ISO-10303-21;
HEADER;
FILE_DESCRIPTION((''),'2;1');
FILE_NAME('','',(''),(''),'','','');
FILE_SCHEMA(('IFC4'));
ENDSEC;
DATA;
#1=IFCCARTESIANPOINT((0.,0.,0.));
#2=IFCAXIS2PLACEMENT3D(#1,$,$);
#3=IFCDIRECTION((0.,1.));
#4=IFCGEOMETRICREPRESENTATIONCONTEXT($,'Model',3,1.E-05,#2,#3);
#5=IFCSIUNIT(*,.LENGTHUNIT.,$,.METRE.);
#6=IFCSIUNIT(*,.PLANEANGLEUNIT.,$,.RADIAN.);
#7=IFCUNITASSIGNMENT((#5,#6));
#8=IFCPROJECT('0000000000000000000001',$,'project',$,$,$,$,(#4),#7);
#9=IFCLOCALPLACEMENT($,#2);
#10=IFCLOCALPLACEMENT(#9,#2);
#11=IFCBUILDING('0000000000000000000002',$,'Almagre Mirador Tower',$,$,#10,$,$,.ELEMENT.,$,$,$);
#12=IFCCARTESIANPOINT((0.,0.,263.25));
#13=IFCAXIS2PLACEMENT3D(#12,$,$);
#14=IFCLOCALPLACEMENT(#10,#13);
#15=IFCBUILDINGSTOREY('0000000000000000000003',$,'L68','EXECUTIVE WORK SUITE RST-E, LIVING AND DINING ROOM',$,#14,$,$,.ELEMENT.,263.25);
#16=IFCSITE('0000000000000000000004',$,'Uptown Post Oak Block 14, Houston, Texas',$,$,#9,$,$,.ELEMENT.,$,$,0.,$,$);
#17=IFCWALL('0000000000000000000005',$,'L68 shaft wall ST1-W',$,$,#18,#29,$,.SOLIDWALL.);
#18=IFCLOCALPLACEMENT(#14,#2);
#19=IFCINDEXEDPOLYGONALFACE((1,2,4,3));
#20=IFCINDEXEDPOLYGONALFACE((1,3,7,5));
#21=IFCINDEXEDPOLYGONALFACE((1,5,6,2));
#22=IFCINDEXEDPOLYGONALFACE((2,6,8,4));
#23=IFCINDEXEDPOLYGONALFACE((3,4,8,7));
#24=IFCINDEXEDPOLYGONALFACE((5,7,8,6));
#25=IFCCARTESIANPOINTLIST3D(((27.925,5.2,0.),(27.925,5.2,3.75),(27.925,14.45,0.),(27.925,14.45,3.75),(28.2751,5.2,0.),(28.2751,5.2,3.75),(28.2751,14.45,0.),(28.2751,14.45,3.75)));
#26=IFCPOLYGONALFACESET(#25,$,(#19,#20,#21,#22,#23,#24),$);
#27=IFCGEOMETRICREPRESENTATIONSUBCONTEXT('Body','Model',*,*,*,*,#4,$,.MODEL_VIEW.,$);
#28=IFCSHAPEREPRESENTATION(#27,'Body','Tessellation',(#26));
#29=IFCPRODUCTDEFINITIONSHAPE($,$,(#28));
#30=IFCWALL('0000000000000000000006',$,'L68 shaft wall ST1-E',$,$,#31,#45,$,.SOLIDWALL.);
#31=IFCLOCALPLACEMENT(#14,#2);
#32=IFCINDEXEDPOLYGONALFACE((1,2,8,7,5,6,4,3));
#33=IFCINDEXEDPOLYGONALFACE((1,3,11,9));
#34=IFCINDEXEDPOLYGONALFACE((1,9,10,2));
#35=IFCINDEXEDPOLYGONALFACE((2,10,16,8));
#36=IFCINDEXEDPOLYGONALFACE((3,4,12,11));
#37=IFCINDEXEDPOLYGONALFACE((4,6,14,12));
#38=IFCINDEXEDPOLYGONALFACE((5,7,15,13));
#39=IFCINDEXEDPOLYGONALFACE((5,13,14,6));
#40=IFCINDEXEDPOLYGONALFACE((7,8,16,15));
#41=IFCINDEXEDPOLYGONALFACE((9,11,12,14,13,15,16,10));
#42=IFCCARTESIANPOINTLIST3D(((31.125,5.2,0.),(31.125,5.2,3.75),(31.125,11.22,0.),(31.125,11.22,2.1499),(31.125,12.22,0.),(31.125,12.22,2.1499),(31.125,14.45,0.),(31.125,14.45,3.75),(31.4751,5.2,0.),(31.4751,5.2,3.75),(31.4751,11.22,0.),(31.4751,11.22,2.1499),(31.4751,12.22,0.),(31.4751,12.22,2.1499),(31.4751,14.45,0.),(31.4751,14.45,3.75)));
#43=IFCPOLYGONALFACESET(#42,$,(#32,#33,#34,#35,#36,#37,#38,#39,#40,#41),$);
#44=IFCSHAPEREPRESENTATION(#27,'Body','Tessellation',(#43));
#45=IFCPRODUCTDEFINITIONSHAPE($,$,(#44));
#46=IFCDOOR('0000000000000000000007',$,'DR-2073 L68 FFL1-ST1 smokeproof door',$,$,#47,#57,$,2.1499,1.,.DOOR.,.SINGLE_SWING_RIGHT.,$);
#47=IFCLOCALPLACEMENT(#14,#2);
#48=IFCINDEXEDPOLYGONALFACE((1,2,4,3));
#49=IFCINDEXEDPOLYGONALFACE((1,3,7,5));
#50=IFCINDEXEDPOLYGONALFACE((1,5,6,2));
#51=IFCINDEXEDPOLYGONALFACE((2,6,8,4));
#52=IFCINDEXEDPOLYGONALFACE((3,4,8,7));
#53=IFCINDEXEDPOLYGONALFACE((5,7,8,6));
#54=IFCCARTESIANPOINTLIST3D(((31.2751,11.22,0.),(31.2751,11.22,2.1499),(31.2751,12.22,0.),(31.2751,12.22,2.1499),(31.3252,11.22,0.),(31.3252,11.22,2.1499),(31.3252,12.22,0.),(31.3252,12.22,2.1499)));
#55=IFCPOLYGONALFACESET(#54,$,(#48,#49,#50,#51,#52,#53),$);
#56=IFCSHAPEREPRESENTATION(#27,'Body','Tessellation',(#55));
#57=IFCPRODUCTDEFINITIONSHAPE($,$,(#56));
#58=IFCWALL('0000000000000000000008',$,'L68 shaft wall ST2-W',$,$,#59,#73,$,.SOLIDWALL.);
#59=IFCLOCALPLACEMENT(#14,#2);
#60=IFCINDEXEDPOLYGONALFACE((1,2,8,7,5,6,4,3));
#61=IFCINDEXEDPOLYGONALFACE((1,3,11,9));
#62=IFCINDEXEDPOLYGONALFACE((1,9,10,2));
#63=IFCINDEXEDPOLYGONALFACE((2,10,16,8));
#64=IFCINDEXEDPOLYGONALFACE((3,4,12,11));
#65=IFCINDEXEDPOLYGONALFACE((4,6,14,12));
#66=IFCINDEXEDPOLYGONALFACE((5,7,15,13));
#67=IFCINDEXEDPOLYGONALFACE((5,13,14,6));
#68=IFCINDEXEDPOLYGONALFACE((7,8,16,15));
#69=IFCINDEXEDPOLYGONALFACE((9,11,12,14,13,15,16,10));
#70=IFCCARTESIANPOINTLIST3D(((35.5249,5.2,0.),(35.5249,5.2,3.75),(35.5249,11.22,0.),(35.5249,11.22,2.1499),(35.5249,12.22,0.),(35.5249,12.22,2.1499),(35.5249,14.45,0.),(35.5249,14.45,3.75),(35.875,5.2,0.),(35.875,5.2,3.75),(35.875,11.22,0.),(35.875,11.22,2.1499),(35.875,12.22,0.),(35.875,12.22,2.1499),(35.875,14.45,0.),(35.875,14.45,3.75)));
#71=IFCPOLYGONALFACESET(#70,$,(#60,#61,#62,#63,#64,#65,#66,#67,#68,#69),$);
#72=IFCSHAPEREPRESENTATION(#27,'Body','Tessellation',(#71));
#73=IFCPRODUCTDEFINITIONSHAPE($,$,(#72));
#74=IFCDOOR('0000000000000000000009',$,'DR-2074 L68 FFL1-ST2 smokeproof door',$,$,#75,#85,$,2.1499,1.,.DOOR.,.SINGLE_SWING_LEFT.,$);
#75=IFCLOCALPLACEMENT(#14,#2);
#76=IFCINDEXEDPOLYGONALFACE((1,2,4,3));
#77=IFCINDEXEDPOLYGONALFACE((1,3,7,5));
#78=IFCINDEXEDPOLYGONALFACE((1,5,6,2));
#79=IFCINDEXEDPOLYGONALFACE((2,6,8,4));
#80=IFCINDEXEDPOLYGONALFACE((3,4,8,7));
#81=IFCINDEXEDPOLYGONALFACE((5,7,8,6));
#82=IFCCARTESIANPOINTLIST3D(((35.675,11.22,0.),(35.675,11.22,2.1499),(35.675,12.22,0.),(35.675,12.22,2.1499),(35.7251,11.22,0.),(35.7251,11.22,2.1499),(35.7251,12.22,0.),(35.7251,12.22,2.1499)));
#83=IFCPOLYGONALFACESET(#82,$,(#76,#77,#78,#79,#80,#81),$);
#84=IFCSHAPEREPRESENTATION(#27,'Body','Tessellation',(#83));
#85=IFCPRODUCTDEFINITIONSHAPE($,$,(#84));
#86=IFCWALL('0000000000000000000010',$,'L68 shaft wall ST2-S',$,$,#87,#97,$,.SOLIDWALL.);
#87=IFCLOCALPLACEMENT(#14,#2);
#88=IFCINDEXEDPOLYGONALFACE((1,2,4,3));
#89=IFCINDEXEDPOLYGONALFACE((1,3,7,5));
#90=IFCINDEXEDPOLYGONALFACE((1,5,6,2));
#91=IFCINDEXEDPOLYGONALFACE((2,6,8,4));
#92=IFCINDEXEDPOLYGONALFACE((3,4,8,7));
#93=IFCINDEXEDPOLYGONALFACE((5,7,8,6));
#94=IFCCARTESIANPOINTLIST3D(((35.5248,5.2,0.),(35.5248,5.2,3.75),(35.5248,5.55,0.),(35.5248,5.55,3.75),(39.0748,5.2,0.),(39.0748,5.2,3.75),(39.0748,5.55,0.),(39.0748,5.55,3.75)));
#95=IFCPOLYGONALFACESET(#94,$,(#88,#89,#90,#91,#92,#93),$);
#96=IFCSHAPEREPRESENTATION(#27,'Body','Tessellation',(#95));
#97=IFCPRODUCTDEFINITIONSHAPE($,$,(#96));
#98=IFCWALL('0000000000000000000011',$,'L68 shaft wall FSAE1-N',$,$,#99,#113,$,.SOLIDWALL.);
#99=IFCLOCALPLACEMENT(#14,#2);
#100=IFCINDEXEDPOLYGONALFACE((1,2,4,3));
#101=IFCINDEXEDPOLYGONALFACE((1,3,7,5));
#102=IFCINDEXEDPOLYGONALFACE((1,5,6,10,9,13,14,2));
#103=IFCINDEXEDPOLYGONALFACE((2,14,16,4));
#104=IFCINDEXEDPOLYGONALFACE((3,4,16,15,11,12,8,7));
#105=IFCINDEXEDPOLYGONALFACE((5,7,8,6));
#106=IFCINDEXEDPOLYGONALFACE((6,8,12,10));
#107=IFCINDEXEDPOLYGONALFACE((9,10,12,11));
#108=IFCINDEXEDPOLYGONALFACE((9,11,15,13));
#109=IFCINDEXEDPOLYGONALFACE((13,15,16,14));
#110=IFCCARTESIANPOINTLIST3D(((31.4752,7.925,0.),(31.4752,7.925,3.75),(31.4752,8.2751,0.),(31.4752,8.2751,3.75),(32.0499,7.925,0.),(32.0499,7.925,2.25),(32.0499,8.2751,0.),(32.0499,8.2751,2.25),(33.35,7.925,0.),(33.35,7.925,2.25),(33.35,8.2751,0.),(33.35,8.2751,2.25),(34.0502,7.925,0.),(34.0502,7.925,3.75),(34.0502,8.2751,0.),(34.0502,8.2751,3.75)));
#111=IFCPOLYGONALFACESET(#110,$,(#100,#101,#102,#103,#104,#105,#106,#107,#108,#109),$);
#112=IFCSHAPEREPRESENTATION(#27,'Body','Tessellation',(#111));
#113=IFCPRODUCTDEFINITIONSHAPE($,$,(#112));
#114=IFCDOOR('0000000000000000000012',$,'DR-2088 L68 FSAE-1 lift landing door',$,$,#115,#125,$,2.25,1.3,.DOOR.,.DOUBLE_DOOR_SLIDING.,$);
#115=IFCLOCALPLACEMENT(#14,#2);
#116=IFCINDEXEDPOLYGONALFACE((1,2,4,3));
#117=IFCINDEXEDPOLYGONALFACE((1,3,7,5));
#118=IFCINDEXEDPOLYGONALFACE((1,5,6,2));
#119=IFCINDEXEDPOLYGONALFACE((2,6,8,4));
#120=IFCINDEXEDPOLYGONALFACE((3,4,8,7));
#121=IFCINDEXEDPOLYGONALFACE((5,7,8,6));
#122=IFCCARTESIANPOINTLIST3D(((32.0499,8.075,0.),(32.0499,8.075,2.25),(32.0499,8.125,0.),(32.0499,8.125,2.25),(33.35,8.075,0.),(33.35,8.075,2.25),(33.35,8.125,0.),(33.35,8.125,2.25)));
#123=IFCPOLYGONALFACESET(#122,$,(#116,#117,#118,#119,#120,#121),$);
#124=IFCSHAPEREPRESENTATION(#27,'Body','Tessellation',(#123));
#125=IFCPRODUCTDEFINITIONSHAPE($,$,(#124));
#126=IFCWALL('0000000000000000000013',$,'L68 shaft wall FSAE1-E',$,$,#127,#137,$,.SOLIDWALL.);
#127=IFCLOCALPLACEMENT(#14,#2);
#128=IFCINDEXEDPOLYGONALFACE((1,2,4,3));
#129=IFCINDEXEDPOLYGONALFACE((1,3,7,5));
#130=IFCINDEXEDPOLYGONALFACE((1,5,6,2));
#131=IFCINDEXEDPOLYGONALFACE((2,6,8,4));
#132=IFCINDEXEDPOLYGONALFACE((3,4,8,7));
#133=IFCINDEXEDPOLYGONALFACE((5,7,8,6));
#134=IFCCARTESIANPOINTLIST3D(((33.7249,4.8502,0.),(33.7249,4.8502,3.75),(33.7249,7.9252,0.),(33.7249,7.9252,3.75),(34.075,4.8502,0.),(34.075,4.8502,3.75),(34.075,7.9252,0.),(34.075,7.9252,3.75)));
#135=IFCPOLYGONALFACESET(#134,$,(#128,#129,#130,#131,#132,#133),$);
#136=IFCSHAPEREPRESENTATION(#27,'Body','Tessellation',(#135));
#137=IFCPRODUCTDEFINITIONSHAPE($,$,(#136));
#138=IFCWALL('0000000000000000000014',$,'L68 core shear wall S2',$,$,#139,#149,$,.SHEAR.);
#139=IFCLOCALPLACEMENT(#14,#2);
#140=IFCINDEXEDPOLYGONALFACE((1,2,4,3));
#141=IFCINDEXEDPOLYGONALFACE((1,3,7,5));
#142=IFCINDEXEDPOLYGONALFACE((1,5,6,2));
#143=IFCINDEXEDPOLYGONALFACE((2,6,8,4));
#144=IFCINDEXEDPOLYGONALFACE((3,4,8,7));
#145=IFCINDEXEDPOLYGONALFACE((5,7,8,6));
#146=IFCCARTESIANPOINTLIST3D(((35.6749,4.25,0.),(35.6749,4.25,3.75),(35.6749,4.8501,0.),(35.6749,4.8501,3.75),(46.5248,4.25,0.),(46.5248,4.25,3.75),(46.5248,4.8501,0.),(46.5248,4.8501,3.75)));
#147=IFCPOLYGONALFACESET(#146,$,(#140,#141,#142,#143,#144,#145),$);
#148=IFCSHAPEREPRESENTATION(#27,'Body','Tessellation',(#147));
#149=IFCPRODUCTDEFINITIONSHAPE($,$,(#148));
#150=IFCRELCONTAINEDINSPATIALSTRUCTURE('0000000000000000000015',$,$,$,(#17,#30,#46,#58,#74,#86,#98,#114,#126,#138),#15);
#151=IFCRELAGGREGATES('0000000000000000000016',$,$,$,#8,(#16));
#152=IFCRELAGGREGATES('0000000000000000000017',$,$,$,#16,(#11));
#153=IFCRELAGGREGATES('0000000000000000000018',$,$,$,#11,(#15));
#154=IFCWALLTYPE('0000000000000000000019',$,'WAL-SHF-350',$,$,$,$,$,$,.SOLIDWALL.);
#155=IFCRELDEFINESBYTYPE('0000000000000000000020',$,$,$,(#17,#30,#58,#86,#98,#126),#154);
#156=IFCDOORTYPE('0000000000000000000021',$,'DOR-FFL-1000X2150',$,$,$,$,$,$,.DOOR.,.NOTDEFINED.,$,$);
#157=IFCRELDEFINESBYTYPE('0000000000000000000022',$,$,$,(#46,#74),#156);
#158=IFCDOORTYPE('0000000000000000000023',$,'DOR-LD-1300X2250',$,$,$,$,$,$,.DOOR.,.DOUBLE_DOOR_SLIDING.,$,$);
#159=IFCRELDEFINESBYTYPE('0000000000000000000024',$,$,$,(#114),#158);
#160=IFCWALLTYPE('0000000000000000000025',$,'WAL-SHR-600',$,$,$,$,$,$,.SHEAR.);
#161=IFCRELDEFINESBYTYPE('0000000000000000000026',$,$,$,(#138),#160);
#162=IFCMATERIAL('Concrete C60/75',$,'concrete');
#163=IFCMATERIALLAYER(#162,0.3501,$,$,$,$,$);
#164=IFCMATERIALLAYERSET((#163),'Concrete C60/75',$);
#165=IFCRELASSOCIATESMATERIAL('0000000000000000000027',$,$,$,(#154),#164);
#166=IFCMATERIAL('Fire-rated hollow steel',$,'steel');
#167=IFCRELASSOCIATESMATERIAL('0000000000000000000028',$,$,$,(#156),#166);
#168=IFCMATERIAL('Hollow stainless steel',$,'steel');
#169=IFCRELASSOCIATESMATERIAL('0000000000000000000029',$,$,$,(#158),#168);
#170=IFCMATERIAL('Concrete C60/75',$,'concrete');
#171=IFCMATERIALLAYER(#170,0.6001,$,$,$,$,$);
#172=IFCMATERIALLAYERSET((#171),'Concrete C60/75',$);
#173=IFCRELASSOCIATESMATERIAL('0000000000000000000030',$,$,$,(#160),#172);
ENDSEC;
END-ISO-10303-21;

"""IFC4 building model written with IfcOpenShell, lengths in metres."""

from ifc_helpers import new_model, si_unit, direction, frame, frame_2d, origin, place, context, subcontext, project, spatial, rectangle, extrude, material, layer, layer_set, type_object, element, fill, save


model = new_model("IFC4")

# Units and contexts
model_context = context("Model", 3, precision=1e-05, world=origin(), true_north=direction((0.0, 1.0)))
body_context = subcontext(model_context, "Body", "Model", "MODEL_VIEW")
ifc_project = project(units=[si_unit("LENGTHUNIT", "METRE"), si_unit("PLANEANGLEUNIT", "RADIAN")], contexts=[model_context])

# Site, building, storey
site_placement = place(None, origin())
site = spatial("IfcSite", under=ifc_project, at=site_placement, Name="Uptown Post Oak Block 14, Houston, Texas", CompositionType="ELEMENT", RefElevation=0.0)
building_placement = place(site_placement, origin())
building = spatial("IfcBuilding", under=site, at=building_placement, Name="Almagre Mirador Tower", CompositionType="ELEMENT")
storey_placement = place(building_placement, frame((0.0, 0.0, 263.25)))
storey = spatial("IfcBuildingStorey", under=building, at=storey_placement, Name="L68", Description="EXECUTIVE WORK SUITE RST-E, LIVING AND DINING ROOM", CompositionType="ELEMENT", Elevation=263.25)

# Wall
ifc_material_1 = material(Name="Concrete C60/75", Category="concrete")
ifc_layer_1 = layer(ifc_material_1, 0.3501)
ifc_layer_set_1 = layer_set([ifc_layer_1], Name="Concrete C60/75")
wall_type_1 = type_object("IfcWallType", Name="WAL-SHF-350", PredefinedType="SOLIDWALL", material=ifc_layer_set_1)
wall_1_placement = place(storey_placement, frame((28.1001, 5.2, 0.0), z_axis=(0.0, 0.0, 1.0), x_axis=(0.0, 1.0, 0.0)))
element("IfcWall", 1, at=wall_1_placement, inside=storey, type_object=wall_type_1, Name="L68 shaft wall ST1-W", PredefinedType="SOLIDWALL", context=body_context, shape_type="SweptSolid", body=[
    extrude(rectangle(XDim=9.25, YDim=0.3501, at=frame_2d((4.625, 0.0))), origin(), (0.0, 0.0, 1.0), 3.75),
])

# Walls, openings, doors
wall_2_placement = place(storey_placement, frame((31.3, 5.2, 0.0), z_axis=(0.0, 0.0, 1.0), x_axis=(0.0, 1.0, 0.0)))
wall_2 = element("IfcWall", 2, at=wall_2_placement, inside=storey, type_object=wall_type_1, Name="L68 shaft wall ST1-E", PredefinedType="SOLIDWALL", context=body_context, shape_type="SweptSolid", body=[
    extrude(rectangle(XDim=9.25, YDim=0.3501, at=frame_2d((4.625, 0.0))), origin(), (0.0, 0.0, 1.0), 3.75),
])
opening_1_placement = place(wall_2_placement, frame((6.02, 0.0, 0.0)))
opening_1 = element("IfcOpeningElement", 3, at=opening_1_placement, cuts=wall_2, PredefinedType="OPENING", context=body_context, shape_type="SweptSolid", body=[
    extrude(rectangle(XDim=1.0, YDim=2.1499, at=frame_2d((0.5, 1.075))), frame((0.0, 0.185, 0.0), z_axis=(0.0, -1.0, 0.0), x_axis=(1.0, 0.0, 0.0)), (0.0, 0.0, 1.0), 0.3701),
])
ifc_material_2 = material(Name="Fire-rated hollow steel", Category="steel")
door_type_1 = type_object("IfcDoorType", Name="DOR-FFL-1000X2150", OperationType="NOTDEFINED", PredefinedType="DOOR", material=ifc_material_2)
door_1_placement = place(opening_1_placement, origin())
door_1 = element("IfcDoor", 4, at=door_1_placement, inside=storey, type_object=door_type_1, Name="DR-2073 L68 FFL1-ST1 smokeproof door", OperationType="SINGLE_SWING_RIGHT", OverallHeight=2.1499, OverallWidth=1.0, PredefinedType="DOOR", context=body_context, shape_type="SweptSolid", body=[
    extrude(rectangle(XDim=1.0, YDim=2.1499, at=frame_2d((0.5, 1.075))), frame((0.0, 0.0249, 0.0), z_axis=(0.0, -1.0, 0.0), x_axis=(1.0, 0.0, 0.0)), (0.0, 0.0, 1.0), 0.05),
])
fill(opening_1, door_1)
wall_3_placement = place(storey_placement, frame((35.7, 5.2, 0.0), z_axis=(0.0, 0.0, 1.0), x_axis=(0.0, 1.0, 0.0)))
wall_3 = element("IfcWall", 5, at=wall_3_placement, inside=storey, type_object=wall_type_1, Name="L68 shaft wall ST2-W", PredefinedType="SOLIDWALL", context=body_context, shape_type="SweptSolid", body=[
    extrude(rectangle(XDim=9.25, YDim=0.3501, at=frame_2d((4.625, 0.0))), origin(), (0.0, 0.0, 1.0), 3.75),
])
opening_2_placement = place(wall_3_placement, frame((6.02, 0.0, 0.0)))
opening_2 = element("IfcOpeningElement", 6, at=opening_2_placement, cuts=wall_3, PredefinedType="OPENING", context=body_context, shape_type="SweptSolid", body=[
    extrude(rectangle(XDim=1.0, YDim=2.1499, at=frame_2d((0.5, 1.075))), frame((0.0, 0.185, 0.0), z_axis=(0.0, -1.0, 0.0), x_axis=(1.0, 0.0, 0.0)), (0.0, 0.0, 1.0), 0.3701),
])
door_2_placement = place(opening_2_placement, origin())
door_2 = element("IfcDoor", 7, at=door_2_placement, inside=storey, type_object=door_type_1, Name="DR-2074 L68 FFL1-ST2 smokeproof door", OperationType="SINGLE_SWING_LEFT", OverallHeight=2.1499, OverallWidth=1.0, PredefinedType="DOOR", context=body_context, shape_type="SweptSolid", body=[
    extrude(rectangle(XDim=1.0, YDim=2.1499, at=frame_2d((0.5, 1.075))), frame((0.0, 0.0249, 0.0), z_axis=(0.0, -1.0, 0.0), x_axis=(1.0, 0.0, 0.0)), (0.0, 0.0, 1.0), 0.05),
])
fill(opening_2, door_2)

# Wall
wall_4_placement = place(storey_placement, frame((35.5249, 5.375, 0.0), z_axis=(0.0, 0.0, 1.0), x_axis=(1.0, 0.0, 0.0)))
element("IfcWall", 8, at=wall_4_placement, inside=storey, type_object=wall_type_1, Name="L68 shaft wall ST2-S", PredefinedType="SOLIDWALL", context=body_context, shape_type="SweptSolid", body=[
    extrude(rectangle(XDim=3.55, YDim=0.3501, at=frame_2d((1.7749, 0.0))), origin(), (0.0, 0.0, 1.0), 3.75),
])

# Wall, opening, door
wall_5_placement = place(storey_placement, frame((31.4751, 8.1001, 0.0), z_axis=(0.0, 0.0, 1.0), x_axis=(1.0, 0.0, 0.0)))
wall_5 = element("IfcWall", 9, at=wall_5_placement, inside=storey, type_object=wall_type_1, Name="L68 shaft wall FSAE1-N", PredefinedType="SOLIDWALL", context=body_context, shape_type="SweptSolid", body=[
    extrude(rectangle(XDim=2.575, YDim=0.3501, at=frame_2d((1.2876, 0.0))), origin(), (0.0, 0.0, 1.0), 3.75),
])
opening_3_placement = place(wall_5_placement, frame((0.575, 0.0, 0.0)))
opening_3 = element("IfcOpeningElement", 10, at=opening_3_placement, cuts=wall_5, PredefinedType="OPENING", context=body_context, shape_type="SweptSolid", body=[
    extrude(rectangle(XDim=1.3, YDim=2.25, at=frame_2d((0.6499, 1.125))), frame((0.0, 0.185, 0.0), z_axis=(0.0, -1.0, 0.0), x_axis=(1.0, 0.0, 0.0)), (0.0, 0.0, 1.0), 0.3701),
])
ifc_material_3 = material(Name="Hollow stainless steel", Category="steel")
door_type_2 = type_object("IfcDoorType", Name="DOR-LD-1300X2250", OperationType="DOUBLE_DOOR_SLIDING", PredefinedType="DOOR", material=ifc_material_3)
door_3_placement = place(opening_3_placement, origin())
door_3 = element("IfcDoor", 11, at=door_3_placement, inside=storey, type_object=door_type_2, Name="DR-2088 L68 FSAE-1 lift landing door", OperationType="DOUBLE_DOOR_SLIDING", OverallHeight=2.25, OverallWidth=1.3, PredefinedType="DOOR", context=body_context, shape_type="SweptSolid", body=[
    extrude(rectangle(XDim=1.3, YDim=2.25, at=frame_2d((0.6499, 1.125))), frame((0.0, 0.0249, 0.0), z_axis=(0.0, -1.0, 0.0), x_axis=(1.0, 0.0, 0.0)), (0.0, 0.0, 1.0), 0.05),
])
fill(opening_3, door_3)

# Walls
wall_6_placement = place(storey_placement, frame((33.8999, 4.8501, 0.0), z_axis=(0.0, 0.0, 1.0), x_axis=(0.0, 1.0, 0.0)))
element("IfcWall", 12, at=wall_6_placement, inside=storey, type_object=wall_type_1, Name="L68 shaft wall FSAE1-E", PredefinedType="SOLIDWALL", context=body_context, shape_type="SweptSolid", body=[
    extrude(rectangle(XDim=3.075, YDim=0.3501, at=frame_2d((1.5376, 0.0))), origin(), (0.0, 0.0, 1.0), 3.75),
])
ifc_material_4 = material(Name="Concrete C60/75", Category="concrete")
ifc_layer_2 = layer(ifc_material_4, 0.6001)
ifc_layer_set_2 = layer_set([ifc_layer_2], Name="Concrete C60/75")
wall_type_2 = type_object("IfcWallType", Name="WAL-SHR-600", PredefinedType="SHEAR", material=ifc_layer_set_2)
wall_7_placement = place(storey_placement, frame((35.675, 4.55, 0.0), z_axis=(0.0, 0.0, 1.0), x_axis=(1.0, 0.0, 0.0)))
element("IfcWall", 13, at=wall_7_placement, inside=storey, type_object=wall_type_2, Name="L68 core shear wall S2", PredefinedType="SHEAR", context=body_context, shape_type="SweptSolid", body=[
    extrude(rectangle(XDim=10.8499, YDim=0.6001, at=frame_2d((5.4248, 0.0))), origin(), (0.0, 0.0, 1.0), 3.75),
])

save(model, "model.ifc")
